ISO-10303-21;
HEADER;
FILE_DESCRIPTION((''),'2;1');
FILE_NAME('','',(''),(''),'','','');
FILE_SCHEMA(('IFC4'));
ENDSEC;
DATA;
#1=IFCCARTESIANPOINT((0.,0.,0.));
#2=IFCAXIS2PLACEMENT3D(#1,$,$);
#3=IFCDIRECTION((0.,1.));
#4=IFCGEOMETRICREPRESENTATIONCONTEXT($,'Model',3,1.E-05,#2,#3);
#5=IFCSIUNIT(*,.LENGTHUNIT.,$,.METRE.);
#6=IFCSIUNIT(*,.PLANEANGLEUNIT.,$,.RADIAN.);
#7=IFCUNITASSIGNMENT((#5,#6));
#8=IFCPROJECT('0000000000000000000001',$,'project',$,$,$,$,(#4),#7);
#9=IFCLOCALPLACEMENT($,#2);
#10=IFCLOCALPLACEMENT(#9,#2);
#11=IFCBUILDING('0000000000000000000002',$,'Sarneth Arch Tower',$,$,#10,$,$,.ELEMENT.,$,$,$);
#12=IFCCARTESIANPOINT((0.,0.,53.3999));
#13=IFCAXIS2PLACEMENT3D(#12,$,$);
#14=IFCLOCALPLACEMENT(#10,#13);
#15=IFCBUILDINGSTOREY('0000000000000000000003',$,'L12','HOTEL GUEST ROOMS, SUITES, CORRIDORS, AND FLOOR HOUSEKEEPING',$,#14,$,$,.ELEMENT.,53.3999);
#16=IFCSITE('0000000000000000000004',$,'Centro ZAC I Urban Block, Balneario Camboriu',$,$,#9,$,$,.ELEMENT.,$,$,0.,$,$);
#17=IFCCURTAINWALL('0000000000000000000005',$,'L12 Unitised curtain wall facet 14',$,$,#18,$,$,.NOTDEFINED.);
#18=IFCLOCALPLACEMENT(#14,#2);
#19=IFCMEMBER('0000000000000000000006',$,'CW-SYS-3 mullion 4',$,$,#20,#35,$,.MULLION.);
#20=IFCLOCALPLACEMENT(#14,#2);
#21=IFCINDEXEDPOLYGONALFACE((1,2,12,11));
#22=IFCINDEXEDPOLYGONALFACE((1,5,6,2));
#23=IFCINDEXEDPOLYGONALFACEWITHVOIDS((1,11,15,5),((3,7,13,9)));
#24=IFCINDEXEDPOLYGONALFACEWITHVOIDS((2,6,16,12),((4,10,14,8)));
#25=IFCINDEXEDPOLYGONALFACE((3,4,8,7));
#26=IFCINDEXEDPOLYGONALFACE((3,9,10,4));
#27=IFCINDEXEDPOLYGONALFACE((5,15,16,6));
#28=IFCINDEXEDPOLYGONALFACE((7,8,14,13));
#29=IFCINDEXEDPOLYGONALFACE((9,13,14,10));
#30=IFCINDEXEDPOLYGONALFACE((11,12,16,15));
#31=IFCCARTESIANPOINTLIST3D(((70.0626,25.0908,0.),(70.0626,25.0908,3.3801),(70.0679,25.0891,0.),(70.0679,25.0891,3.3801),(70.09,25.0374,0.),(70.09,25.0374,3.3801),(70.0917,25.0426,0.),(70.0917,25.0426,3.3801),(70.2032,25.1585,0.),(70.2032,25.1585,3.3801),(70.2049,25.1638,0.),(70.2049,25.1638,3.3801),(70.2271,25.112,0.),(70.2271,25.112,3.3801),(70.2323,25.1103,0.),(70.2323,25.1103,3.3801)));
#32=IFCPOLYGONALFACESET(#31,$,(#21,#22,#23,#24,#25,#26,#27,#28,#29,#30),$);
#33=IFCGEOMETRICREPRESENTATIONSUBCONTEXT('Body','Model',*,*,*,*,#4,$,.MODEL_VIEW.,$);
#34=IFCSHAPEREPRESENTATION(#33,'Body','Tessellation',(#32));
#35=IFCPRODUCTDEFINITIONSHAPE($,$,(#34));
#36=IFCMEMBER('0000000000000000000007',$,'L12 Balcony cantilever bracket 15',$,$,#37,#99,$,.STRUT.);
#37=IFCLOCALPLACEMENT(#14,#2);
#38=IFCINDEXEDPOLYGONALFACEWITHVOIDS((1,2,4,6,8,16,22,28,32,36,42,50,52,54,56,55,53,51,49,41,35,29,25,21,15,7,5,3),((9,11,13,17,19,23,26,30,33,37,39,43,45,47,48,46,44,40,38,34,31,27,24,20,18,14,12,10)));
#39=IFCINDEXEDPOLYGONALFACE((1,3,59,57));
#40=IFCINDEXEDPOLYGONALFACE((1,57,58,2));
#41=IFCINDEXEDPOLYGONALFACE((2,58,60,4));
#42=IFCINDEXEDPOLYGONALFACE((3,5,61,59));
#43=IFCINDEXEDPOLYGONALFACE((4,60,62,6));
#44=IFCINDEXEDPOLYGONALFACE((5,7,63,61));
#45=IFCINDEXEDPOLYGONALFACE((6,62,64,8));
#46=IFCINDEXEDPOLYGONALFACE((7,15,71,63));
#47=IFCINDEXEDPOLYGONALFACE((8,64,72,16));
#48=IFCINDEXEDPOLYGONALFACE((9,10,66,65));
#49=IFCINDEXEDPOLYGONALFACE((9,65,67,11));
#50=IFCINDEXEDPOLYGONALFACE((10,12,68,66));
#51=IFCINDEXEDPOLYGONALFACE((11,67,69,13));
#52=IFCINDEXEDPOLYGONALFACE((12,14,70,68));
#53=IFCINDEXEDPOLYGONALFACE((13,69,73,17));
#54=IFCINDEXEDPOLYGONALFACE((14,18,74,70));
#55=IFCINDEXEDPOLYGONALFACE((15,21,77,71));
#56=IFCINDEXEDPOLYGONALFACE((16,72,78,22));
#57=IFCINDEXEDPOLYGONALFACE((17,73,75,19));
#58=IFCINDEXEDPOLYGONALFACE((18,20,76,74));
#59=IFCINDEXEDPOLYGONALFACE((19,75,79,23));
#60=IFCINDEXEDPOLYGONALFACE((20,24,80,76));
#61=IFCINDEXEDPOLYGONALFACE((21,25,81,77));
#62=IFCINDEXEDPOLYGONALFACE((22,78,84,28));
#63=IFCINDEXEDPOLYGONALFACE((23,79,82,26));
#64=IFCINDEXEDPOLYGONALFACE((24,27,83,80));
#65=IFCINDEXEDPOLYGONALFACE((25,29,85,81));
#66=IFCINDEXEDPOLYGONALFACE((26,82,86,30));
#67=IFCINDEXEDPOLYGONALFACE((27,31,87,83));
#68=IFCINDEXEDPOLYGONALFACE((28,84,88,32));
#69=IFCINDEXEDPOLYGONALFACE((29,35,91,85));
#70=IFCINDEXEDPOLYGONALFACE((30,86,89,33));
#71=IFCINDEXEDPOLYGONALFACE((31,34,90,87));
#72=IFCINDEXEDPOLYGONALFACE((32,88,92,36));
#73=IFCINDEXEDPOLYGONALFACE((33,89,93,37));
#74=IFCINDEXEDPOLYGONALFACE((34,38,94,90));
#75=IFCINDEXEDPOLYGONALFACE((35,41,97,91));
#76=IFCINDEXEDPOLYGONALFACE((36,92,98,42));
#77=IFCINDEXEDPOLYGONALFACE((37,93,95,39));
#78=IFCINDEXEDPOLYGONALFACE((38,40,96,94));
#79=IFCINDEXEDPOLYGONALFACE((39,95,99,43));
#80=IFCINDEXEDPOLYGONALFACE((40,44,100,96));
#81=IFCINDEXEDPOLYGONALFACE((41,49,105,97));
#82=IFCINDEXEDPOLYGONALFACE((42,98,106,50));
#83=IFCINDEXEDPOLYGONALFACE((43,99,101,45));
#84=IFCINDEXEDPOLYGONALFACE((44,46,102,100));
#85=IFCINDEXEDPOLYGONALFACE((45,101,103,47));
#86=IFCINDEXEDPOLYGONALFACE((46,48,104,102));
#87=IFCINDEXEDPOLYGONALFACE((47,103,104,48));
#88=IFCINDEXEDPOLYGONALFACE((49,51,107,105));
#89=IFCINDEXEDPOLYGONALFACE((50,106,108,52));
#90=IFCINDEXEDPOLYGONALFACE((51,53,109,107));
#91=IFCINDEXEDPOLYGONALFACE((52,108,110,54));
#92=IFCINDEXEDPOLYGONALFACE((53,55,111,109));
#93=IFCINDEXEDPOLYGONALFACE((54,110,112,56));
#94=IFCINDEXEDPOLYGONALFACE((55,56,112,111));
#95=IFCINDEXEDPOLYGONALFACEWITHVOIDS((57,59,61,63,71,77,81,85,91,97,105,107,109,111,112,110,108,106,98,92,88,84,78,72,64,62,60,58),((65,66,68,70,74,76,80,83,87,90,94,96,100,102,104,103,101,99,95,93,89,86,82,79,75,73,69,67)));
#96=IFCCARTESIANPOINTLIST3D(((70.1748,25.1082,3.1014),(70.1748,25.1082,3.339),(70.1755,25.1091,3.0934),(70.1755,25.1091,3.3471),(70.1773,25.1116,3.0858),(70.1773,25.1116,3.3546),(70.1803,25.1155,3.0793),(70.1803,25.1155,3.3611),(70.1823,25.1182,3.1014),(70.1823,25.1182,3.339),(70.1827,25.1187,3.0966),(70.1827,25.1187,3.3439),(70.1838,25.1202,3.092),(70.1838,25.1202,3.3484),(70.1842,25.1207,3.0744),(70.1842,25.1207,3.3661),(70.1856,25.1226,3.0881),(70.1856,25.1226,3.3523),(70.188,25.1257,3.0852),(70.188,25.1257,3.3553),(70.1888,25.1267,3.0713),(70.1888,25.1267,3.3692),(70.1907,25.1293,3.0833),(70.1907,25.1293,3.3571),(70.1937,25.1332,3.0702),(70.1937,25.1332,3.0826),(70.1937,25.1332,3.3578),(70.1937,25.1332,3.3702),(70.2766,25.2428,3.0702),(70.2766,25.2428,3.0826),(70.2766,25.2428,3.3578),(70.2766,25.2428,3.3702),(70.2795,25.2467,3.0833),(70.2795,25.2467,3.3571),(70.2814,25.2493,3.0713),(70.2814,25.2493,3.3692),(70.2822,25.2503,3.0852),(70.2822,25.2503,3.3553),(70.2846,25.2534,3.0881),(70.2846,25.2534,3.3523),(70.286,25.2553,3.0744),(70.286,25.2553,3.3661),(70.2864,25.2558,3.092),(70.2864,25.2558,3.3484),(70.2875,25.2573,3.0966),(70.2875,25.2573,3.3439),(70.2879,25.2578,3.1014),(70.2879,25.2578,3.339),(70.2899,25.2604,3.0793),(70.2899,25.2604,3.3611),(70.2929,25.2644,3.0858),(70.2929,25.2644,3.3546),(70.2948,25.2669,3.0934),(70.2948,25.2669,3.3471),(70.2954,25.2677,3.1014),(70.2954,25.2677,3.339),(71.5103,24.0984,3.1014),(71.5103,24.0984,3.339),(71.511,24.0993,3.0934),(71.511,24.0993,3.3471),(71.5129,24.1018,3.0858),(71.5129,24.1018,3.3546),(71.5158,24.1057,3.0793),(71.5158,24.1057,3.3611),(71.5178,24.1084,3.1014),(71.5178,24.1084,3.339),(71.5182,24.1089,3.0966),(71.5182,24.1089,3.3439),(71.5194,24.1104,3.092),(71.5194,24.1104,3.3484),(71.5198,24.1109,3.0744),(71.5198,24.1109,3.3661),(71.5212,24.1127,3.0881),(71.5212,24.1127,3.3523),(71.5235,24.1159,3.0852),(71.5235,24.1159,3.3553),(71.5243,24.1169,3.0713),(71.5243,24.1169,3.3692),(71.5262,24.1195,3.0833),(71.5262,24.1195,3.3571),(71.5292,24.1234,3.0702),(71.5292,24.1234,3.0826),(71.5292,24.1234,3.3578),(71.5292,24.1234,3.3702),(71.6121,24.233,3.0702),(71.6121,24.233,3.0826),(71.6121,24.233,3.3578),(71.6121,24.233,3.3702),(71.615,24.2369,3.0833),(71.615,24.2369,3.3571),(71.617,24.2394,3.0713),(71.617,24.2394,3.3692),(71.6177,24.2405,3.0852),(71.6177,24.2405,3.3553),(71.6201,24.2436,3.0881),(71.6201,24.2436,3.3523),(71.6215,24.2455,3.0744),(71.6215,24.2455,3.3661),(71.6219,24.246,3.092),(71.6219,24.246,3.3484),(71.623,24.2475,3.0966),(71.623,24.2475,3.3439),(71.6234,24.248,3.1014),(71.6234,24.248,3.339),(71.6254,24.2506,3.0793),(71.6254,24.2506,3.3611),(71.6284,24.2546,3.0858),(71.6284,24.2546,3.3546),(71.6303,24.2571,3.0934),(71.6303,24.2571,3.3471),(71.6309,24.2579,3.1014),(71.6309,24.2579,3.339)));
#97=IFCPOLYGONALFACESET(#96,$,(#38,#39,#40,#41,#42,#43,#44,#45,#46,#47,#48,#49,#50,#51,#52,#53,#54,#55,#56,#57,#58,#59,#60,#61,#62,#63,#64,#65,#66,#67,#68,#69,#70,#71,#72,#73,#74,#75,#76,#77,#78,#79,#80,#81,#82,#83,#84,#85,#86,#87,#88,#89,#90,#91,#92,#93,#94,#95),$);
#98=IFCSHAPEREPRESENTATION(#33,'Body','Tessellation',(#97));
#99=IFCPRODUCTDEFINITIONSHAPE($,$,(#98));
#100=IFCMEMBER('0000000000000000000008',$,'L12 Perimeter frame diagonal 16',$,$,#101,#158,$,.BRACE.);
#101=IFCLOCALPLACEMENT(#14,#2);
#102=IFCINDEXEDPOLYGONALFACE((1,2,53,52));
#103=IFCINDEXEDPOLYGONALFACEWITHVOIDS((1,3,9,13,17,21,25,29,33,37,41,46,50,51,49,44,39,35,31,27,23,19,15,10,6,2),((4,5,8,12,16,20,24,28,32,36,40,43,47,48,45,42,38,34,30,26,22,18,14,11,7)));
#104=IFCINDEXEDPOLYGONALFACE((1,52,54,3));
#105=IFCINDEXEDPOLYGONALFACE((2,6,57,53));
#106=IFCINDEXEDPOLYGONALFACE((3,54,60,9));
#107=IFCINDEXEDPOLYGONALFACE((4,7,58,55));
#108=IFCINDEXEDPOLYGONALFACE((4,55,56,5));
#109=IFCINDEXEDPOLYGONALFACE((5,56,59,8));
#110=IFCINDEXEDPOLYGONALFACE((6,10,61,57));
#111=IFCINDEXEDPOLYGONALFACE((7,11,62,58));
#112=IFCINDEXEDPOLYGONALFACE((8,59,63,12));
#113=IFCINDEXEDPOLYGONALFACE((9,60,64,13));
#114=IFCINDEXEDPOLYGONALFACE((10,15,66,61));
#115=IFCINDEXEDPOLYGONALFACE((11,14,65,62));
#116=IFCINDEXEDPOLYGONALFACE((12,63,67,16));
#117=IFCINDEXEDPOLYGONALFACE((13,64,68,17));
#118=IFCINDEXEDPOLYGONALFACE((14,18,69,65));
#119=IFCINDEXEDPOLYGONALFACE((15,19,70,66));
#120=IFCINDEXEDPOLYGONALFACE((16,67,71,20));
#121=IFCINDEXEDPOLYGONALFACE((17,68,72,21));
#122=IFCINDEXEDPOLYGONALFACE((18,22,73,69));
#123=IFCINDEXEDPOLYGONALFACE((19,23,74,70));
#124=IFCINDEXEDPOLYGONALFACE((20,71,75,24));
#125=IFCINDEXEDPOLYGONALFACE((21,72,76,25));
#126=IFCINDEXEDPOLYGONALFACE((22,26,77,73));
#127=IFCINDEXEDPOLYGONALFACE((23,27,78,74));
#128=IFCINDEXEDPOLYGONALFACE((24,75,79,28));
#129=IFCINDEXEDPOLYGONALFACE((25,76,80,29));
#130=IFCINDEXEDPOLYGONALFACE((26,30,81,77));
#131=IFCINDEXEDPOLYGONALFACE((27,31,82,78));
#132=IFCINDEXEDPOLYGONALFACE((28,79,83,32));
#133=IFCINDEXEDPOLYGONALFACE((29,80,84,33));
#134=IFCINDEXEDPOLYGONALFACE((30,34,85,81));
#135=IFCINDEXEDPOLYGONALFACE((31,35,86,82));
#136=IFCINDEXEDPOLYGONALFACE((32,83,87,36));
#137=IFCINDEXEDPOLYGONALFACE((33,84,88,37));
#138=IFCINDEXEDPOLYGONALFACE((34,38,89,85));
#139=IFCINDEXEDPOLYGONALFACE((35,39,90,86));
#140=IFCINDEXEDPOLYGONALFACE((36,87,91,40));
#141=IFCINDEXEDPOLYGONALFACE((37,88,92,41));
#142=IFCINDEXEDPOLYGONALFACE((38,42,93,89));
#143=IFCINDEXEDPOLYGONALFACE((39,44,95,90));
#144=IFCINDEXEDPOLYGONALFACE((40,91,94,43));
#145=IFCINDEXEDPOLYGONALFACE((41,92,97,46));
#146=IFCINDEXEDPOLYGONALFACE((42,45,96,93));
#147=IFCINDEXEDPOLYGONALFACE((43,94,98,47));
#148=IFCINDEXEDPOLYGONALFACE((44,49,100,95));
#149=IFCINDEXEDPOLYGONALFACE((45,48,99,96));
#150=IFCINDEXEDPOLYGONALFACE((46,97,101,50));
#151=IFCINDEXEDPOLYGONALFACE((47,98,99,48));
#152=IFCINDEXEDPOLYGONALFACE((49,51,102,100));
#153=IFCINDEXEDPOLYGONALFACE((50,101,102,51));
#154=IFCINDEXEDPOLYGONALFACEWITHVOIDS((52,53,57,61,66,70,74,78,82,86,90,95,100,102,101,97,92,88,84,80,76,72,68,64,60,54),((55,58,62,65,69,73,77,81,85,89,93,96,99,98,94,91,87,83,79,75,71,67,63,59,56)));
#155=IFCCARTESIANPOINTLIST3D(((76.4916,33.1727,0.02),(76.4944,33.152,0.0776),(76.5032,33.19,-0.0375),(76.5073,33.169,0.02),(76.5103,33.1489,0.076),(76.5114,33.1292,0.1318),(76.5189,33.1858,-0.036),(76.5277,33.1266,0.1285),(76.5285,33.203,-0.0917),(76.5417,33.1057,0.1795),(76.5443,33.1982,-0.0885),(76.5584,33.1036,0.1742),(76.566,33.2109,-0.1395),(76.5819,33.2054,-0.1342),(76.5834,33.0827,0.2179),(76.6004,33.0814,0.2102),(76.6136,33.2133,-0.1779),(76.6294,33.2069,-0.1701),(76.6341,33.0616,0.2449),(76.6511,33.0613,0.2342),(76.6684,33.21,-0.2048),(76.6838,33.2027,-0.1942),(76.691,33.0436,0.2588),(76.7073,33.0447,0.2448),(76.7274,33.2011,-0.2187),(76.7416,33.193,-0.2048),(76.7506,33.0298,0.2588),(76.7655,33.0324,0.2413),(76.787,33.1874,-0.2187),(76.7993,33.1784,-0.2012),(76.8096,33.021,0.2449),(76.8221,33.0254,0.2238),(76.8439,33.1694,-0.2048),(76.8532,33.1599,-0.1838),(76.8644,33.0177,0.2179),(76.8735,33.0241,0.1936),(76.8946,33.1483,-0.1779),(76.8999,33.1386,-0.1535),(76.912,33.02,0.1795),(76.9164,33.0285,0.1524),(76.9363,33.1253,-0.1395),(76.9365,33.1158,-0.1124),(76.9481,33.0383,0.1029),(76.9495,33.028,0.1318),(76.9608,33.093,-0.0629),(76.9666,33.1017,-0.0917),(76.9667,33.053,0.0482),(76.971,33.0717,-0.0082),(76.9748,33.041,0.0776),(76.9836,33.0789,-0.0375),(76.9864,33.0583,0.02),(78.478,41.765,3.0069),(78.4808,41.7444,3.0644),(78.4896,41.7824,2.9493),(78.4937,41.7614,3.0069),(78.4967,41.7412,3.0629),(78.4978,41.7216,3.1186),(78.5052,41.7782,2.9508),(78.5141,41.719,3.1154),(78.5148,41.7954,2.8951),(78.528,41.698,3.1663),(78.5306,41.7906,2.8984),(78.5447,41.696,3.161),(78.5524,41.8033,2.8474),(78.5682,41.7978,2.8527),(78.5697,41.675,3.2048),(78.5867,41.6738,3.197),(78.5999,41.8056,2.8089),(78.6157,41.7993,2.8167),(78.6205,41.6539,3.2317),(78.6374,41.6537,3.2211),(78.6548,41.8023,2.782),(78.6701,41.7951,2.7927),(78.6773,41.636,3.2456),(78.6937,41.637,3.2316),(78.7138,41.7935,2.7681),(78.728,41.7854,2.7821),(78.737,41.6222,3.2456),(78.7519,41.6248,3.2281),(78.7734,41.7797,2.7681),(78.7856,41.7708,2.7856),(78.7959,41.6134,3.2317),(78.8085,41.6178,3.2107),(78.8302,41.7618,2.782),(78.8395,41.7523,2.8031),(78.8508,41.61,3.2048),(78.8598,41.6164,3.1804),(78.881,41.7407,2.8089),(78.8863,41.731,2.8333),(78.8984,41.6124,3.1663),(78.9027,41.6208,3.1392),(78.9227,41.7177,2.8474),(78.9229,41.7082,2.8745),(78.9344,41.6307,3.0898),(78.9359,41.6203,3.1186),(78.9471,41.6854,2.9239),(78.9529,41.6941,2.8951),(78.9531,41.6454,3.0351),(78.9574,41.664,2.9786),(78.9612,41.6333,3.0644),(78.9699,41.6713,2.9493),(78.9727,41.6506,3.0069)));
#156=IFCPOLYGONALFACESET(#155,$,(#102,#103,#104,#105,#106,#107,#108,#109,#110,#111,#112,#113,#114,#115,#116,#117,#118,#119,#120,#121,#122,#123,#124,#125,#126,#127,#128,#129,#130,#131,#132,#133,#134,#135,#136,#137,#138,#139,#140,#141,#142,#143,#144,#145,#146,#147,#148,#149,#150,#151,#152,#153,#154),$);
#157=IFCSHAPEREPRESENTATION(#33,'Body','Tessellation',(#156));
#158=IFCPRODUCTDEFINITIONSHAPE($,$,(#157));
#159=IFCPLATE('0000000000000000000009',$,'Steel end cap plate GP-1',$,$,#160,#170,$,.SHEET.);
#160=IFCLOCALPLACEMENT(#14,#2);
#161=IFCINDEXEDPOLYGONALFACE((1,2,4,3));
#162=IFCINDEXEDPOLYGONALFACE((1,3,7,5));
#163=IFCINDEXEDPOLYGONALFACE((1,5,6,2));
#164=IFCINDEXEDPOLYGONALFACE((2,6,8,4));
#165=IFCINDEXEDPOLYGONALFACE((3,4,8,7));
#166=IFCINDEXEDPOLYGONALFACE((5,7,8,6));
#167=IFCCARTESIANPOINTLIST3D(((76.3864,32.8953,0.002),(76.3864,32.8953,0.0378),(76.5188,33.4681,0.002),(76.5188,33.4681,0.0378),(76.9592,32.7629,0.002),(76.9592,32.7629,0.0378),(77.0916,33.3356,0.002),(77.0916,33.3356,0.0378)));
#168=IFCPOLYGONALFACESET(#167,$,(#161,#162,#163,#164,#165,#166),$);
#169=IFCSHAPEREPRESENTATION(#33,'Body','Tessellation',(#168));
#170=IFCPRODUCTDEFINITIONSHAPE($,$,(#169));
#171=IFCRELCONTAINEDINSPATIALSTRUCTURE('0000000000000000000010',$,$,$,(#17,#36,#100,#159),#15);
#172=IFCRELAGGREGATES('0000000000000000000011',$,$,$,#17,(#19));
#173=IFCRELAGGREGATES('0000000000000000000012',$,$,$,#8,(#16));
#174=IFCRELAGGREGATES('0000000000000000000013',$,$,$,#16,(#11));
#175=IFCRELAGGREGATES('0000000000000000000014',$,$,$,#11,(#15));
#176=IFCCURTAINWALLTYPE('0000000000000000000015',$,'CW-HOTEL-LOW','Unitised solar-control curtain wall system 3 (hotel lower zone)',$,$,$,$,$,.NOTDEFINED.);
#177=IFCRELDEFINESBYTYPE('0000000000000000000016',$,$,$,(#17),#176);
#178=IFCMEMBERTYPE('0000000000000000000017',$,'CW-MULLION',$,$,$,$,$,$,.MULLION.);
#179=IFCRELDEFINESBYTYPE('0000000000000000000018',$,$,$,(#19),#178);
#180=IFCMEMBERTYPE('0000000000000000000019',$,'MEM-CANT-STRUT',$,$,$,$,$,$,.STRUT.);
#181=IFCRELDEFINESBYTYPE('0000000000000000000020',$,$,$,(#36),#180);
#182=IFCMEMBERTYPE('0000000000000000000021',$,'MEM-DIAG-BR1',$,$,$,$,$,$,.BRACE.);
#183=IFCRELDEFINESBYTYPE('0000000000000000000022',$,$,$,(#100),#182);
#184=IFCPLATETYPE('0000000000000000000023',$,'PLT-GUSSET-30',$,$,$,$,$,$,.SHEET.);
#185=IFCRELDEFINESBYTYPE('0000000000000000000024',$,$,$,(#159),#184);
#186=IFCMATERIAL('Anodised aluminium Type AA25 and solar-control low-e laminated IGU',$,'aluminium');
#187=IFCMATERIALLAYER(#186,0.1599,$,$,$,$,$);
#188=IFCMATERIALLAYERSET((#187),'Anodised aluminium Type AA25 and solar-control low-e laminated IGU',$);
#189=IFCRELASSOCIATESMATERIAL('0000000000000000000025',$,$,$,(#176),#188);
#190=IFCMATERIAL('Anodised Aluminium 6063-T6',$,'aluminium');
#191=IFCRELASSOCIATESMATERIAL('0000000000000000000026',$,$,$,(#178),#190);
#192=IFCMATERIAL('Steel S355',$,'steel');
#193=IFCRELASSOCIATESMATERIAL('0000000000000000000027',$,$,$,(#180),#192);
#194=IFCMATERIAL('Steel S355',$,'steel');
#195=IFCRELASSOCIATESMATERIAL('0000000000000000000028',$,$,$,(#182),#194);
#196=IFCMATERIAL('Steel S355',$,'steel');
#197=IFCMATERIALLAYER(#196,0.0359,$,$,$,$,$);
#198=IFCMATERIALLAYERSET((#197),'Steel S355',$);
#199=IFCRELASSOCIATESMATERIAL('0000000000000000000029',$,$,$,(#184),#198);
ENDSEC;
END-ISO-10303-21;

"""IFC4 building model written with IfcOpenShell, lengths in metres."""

from ifc_helpers import new_model, si_unit, direction, frame, origin, origin_2d, place, context, subcontext, project, spatial, rectangle, hollow_rectangle, hollow_circle, extrude, material, layer, layer_set, material_profile, profile_set, type_object, element, aggregate, save


model = new_model("IFC4")

# Units and contexts
model_context = context("Model", 3, precision=1e-05, world=origin(), true_north=direction((0.0, 1.0)))
body_context = subcontext(model_context, "Body", "Model", "MODEL_VIEW")
ifc_project = project(units=[si_unit("LENGTHUNIT", "METRE"), si_unit("PLANEANGLEUNIT", "RADIAN")], contexts=[model_context])

# Site, building, storey
site_placement = place(None, origin())
site = spatial("IfcSite", under=ifc_project, at=site_placement, Name="Centro ZAC I Urban Block, Balneario Camboriu", CompositionType="ELEMENT", RefElevation=0.0)
building_placement = place(site_placement, origin())
building = spatial("IfcBuilding", under=site, at=building_placement, Name="Sarneth Arch Tower", CompositionType="ELEMENT")
storey_placement = place(building_placement, frame((0.0, 0.0, 53.3999)))
storey = spatial("IfcBuildingStorey", under=building, at=storey_placement, Name="L12", Description="HOTEL GUEST ROOMS, SUITES, CORRIDORS, AND FLOOR HOUSEKEEPING", CompositionType="ELEMENT", Elevation=53.3999)

# Curtain wall, member
ifc_material_1 = material(Name="Anodised aluminium Type AA25 and solar-control low-e laminated IGU", Category="aluminium")
ifc_layer_1 = layer(ifc_material_1, 0.1599)
ifc_layer_set_1 = layer_set([ifc_layer_1], Name="Anodised aluminium Type AA25 and solar-control low-e laminated IGU")
curtain_wall_type = type_object("IfcCurtainWallType", Name="CW-HOTEL-LOW", Description="Unitised solar-control curtain wall system 3 (hotel lower zone)", PredefinedType="NOTDEFINED", material=ifc_layer_set_1)
curtain_wall_placement = place(storey_placement, origin())
curtain_wall = element("IfcCurtainWall", 1, at=curtain_wall_placement, inside=storey, type_object=curtain_wall_type, Name="L12 Unitised curtain wall facet 14", PredefinedType="NOTDEFINED")
ifc_material_2 = material(Name="Anodised Aluminium 6063-T6", Category="aluminium")
ifc_material_profile_1 = material_profile(ifc_material_2, hollow_rectangle(XDim=0.0601, YDim=0.1599, WallThickness=0.0039, at=origin_2d()), Name="AL-MULL-160x60x4")
ifc_profile_set_1 = profile_set([ifc_material_profile_1], Name="Anodised Aluminium 6063-T6")
member_type_1 = type_object("IfcMemberType", Name="CW-MULLION", PredefinedType="MULLION", material=ifc_profile_set_1)
member_1_placement = place(storey_placement, frame((70.1475, 25.1006, 0.0), z_axis=(0.0, 0.0, 1.0), x_axis=(-0.456245, 0.889854, 0.0)))
member_1 = element("IfcMember", 2, at=member_1_placement, type_object=member_type_1, Name="CW-SYS-3 mullion 4", PredefinedType="MULLION", context=body_context, shape_type="SweptSolid", body=[
    extrude(hollow_rectangle(XDim=0.0601, YDim=0.1599, WallThickness=0.0039, at=origin_2d()), origin(), (0.0, 0.0, 1.0), 3.3801),
])
aggregate(curtain_wall, [member_1])

# Members
ifc_material_3 = material(Name="Steel S355", Category="steel")
ifc_material_profile_2 = material_profile(ifc_material_3, hollow_rectangle(XDim=0.2, YDim=0.3, WallThickness=0.0125, InnerFilletRadius=0.0188, OuterFilletRadius=0.0312, at=origin_2d()), Name="RHS300x200x12.5")
ifc_profile_set_2 = profile_set([ifc_material_profile_2], Name="Steel S355")
member_type_2 = type_object("IfcMemberType", Name="MEM-CANT-STRUT", PredefinedType="STRUT", material=ifc_profile_set_2)
member_2_placement = place(storey_placement, frame((70.2351, 25.188, 3.2202), z_axis=(0.797649, -0.603122, 0.0), x_axis=(0.603122, 0.797649, 0.0)))
element("IfcMember", 3, at=member_2_placement, inside=storey, type_object=member_type_2, Name="L12 Balcony cantilever bracket 15", PredefinedType="STRUT", context=body_context, shape_type="SweptSolid", body=[
    extrude(hollow_rectangle(XDim=0.2, YDim=0.3, WallThickness=0.0125, InnerFilletRadius=0.0188, OuterFilletRadius=0.0312, at=origin_2d()), origin(), (0.0, 0.0, 1.0), 1.6743),
])
ifc_material_4 = material(Name="Steel S355", Category="steel")
ifc_material_profile_3 = material_profile(ifc_material_4, hollow_circle(Radius=0.2539, WallThickness=0.0161, at=origin_2d()), Name="CHS508x16")
ifc_profile_set_3 = profile_set([ifc_material_profile_3], Name="Steel S355")
member_type_3 = type_object("IfcMemberType", Name="MEM-DIAG-BR1", PredefinedType="BRACE", material=ifc_profile_set_3)
member_3_placement = place(storey_placement, frame((76.739, 33.1155, 0.02), z_axis=(0.213332, 0.922814, 0.320785), x_axis=(-0.974304, 0.225236, 0.0)))
element("IfcMember", 4, at=member_3_placement, inside=storey, type_object=member_type_3, Name="L12 Perimeter frame diagonal 16", PredefinedType="BRACE", context=body_context, shape_type="SweptSolid", body=[
    extrude(hollow_circle(Radius=0.2539, WallThickness=0.0161, at=origin_2d()), origin(), (0.0, 0.0, 1.0), 9.311),
])

# Plate
ifc_material_5 = material(Name="Steel S355", Category="steel")
ifc_layer_2 = layer(ifc_material_5, 0.0359)
ifc_layer_set_2 = layer_set([ifc_layer_2], Name="Steel S355")
plate_type = type_object("IfcPlateType", Name="PLT-GUSSET-30", PredefinedType="SHEET", material=ifc_layer_set_2)
plate_placement = place(storey_placement, frame((76.739, 33.1155, 0.002), z_axis=(0.0, 0.0, 1.0), x_axis=(0.225291, 0.974291, 0.0)))
element("IfcPlate", 5, at=plate_placement, inside=storey, type_object=plate_type, Name="Steel end cap plate GP-1", PredefinedType="SHEET", context=body_context, shape_type="SweptSolid", body=[
    extrude(rectangle(XDim=0.5879, YDim=0.5879, at=origin_2d()), origin(), (0.0, 0.0, 1.0), 0.0359),
])

save(model, "model.ifc")
